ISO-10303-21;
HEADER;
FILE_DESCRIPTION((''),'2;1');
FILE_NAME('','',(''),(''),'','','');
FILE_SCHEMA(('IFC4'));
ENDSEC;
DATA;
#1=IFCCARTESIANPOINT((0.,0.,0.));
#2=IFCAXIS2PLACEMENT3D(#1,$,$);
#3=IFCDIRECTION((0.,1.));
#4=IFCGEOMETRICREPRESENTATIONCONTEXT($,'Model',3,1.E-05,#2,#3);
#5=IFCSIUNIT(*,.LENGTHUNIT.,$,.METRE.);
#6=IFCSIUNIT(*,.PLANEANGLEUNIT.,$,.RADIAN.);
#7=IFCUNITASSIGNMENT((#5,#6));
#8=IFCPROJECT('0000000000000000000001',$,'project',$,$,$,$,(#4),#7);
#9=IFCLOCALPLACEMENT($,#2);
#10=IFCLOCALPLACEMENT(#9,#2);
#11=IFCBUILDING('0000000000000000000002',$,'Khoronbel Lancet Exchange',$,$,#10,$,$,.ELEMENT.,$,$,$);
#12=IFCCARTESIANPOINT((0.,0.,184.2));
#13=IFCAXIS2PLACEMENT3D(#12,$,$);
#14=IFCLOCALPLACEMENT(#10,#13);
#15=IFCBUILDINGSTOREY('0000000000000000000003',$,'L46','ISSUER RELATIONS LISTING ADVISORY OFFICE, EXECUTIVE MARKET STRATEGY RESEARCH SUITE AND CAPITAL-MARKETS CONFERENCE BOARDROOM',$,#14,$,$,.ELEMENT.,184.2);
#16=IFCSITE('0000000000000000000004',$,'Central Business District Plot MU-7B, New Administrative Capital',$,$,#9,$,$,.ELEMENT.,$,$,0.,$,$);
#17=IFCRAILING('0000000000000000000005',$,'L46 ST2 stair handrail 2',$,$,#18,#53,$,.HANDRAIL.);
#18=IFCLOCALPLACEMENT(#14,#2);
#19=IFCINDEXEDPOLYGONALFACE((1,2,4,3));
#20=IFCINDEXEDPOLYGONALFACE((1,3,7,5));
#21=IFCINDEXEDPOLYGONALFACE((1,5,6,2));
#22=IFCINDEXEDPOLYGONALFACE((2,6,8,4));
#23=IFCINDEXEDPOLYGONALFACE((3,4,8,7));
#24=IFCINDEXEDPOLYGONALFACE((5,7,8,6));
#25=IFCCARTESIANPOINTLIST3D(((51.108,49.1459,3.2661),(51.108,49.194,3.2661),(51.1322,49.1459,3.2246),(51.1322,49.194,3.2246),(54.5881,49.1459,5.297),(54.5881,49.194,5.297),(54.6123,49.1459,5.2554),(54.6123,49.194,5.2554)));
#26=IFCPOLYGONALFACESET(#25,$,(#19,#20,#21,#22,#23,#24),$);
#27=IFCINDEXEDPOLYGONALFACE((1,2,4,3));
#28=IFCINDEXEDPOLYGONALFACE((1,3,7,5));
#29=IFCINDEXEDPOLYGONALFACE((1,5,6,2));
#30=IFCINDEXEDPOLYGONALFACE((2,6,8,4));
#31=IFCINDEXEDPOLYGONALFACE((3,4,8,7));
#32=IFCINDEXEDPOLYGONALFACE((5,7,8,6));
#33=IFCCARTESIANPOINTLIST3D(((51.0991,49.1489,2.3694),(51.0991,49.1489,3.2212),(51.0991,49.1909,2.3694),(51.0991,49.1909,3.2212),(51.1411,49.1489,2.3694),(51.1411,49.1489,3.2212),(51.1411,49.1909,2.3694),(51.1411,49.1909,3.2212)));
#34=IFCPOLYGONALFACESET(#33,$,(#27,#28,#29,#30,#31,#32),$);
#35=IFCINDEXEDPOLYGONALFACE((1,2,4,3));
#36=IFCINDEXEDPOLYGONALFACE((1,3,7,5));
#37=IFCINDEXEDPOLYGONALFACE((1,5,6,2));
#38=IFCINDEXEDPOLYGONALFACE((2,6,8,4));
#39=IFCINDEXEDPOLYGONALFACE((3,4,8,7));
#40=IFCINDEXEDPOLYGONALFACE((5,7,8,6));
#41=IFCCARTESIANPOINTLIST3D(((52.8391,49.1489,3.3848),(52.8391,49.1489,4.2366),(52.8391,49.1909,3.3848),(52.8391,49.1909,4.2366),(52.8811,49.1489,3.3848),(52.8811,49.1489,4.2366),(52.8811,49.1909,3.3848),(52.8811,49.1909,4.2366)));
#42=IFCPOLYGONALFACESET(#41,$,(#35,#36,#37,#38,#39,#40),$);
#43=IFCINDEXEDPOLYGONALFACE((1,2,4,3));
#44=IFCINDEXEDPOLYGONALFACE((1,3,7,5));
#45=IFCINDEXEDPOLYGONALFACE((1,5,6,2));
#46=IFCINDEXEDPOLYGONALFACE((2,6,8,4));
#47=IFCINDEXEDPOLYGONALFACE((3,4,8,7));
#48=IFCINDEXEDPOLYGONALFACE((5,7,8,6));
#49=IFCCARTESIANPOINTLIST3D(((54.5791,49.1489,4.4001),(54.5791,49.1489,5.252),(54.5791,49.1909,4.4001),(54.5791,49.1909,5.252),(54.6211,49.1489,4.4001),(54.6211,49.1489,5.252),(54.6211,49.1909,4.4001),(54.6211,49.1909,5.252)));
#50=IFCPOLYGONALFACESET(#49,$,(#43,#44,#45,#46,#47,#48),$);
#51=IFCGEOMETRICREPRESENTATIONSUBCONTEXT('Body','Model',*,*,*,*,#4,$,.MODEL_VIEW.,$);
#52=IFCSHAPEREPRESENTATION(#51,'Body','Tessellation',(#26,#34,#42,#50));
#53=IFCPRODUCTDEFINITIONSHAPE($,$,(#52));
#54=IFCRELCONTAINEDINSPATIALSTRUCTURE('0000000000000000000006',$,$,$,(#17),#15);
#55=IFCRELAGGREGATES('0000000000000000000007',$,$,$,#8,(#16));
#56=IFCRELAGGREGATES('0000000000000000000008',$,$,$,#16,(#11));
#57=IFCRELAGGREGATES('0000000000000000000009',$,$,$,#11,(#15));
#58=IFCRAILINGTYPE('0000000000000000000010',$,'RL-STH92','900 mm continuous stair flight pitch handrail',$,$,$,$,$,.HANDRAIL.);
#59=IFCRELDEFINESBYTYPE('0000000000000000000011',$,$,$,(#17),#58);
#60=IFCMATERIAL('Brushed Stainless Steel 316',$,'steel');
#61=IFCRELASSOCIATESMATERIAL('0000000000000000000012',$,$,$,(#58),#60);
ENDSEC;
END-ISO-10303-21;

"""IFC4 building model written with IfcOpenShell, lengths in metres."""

from ifc_helpers import new_model, si_unit, direction, frame, origin, origin_2d, place, context, subcontext, project, spatial, rectangle, extrude, material, type_object, element, save


model = new_model("IFC4")

# Units and contexts
model_context = context("Model", 3, precision=1e-05, world=origin(), true_north=direction((0.0, 1.0)))
body_context = subcontext(model_context, "Body", "Model", "MODEL_VIEW")
ifc_project = project(units=[si_unit("LENGTHUNIT", "METRE"), si_unit("PLANEANGLEUNIT", "RADIAN")], contexts=[model_context])

# Site, building, storey
site_placement = place(None, origin())
site = spatial("IfcSite", under=ifc_project, at=site_placement, Name="Central Business District Plot MU-7B, New Administrative Capital", CompositionType="ELEMENT", RefElevation=0.0)
building_placement = place(site_placement, origin())
building = spatial("IfcBuilding", under=site, at=building_placement, Name="Khoronbel Lancet Exchange", CompositionType="ELEMENT")
storey_placement = place(building_placement, frame((0.0, 0.0, 184.2)))
storey = spatial("IfcBuildingStorey", under=building, at=storey_placement, Name="L46", Description="ISSUER RELATIONS LISTING ADVISORY OFFICE, EXECUTIVE MARKET STRATEGY RESEARCH SUITE AND CAPITAL-MARKETS CONFERENCE BOARDROOM", CompositionType="ELEMENT", Elevation=184.2)

# Railing
ifc_material_1 = material(Name="Brushed Stainless Steel 316", Category="steel")
railing_type_1 = type_object("IfcRailingType", Name="RL-STH92", Description="900 mm continuous stair flight pitch handrail", PredefinedType="HANDRAIL", material=ifc_material_1)
railing_1_placement = place(storey_placement, frame((51.1201, 49.1699, 2.3694)))
element("IfcRailing", 1, at=railing_1_placement, inside=storey, type_object=railing_type_1, Name="L46 ST2 stair handrail 2", PredefinedType="HANDRAIL", context=body_context, shape_type="SweptSolid", body=[
    extrude(rectangle(XDim=0.0481, YDim=0.0481, at=origin_2d()), frame((0.0, 0.0, 0.876), z_axis=(0.863695, 0.0, 0.504014), x_axis=(0.0, 1.0, 0.0)), (0.0, 0.0, 1.0), 4.0293),
    extrude(rectangle(XDim=0.042, YDim=0.042, at=origin_2d()), origin(), (0.0, 0.0, 1.0), 0.8518),
    extrude(rectangle(XDim=0.042, YDim=0.042, at=origin_2d()), frame((1.74, 0.0, 1.0154)), (0.0, 0.0, 1.0), 0.8518),
    extrude(rectangle(XDim=0.042, YDim=0.042, at=origin_2d()), frame((3.48, 0.0, 2.0308)), (0.0, 0.0, 1.0), 0.8518),
])

save(model, "model.ifc")
